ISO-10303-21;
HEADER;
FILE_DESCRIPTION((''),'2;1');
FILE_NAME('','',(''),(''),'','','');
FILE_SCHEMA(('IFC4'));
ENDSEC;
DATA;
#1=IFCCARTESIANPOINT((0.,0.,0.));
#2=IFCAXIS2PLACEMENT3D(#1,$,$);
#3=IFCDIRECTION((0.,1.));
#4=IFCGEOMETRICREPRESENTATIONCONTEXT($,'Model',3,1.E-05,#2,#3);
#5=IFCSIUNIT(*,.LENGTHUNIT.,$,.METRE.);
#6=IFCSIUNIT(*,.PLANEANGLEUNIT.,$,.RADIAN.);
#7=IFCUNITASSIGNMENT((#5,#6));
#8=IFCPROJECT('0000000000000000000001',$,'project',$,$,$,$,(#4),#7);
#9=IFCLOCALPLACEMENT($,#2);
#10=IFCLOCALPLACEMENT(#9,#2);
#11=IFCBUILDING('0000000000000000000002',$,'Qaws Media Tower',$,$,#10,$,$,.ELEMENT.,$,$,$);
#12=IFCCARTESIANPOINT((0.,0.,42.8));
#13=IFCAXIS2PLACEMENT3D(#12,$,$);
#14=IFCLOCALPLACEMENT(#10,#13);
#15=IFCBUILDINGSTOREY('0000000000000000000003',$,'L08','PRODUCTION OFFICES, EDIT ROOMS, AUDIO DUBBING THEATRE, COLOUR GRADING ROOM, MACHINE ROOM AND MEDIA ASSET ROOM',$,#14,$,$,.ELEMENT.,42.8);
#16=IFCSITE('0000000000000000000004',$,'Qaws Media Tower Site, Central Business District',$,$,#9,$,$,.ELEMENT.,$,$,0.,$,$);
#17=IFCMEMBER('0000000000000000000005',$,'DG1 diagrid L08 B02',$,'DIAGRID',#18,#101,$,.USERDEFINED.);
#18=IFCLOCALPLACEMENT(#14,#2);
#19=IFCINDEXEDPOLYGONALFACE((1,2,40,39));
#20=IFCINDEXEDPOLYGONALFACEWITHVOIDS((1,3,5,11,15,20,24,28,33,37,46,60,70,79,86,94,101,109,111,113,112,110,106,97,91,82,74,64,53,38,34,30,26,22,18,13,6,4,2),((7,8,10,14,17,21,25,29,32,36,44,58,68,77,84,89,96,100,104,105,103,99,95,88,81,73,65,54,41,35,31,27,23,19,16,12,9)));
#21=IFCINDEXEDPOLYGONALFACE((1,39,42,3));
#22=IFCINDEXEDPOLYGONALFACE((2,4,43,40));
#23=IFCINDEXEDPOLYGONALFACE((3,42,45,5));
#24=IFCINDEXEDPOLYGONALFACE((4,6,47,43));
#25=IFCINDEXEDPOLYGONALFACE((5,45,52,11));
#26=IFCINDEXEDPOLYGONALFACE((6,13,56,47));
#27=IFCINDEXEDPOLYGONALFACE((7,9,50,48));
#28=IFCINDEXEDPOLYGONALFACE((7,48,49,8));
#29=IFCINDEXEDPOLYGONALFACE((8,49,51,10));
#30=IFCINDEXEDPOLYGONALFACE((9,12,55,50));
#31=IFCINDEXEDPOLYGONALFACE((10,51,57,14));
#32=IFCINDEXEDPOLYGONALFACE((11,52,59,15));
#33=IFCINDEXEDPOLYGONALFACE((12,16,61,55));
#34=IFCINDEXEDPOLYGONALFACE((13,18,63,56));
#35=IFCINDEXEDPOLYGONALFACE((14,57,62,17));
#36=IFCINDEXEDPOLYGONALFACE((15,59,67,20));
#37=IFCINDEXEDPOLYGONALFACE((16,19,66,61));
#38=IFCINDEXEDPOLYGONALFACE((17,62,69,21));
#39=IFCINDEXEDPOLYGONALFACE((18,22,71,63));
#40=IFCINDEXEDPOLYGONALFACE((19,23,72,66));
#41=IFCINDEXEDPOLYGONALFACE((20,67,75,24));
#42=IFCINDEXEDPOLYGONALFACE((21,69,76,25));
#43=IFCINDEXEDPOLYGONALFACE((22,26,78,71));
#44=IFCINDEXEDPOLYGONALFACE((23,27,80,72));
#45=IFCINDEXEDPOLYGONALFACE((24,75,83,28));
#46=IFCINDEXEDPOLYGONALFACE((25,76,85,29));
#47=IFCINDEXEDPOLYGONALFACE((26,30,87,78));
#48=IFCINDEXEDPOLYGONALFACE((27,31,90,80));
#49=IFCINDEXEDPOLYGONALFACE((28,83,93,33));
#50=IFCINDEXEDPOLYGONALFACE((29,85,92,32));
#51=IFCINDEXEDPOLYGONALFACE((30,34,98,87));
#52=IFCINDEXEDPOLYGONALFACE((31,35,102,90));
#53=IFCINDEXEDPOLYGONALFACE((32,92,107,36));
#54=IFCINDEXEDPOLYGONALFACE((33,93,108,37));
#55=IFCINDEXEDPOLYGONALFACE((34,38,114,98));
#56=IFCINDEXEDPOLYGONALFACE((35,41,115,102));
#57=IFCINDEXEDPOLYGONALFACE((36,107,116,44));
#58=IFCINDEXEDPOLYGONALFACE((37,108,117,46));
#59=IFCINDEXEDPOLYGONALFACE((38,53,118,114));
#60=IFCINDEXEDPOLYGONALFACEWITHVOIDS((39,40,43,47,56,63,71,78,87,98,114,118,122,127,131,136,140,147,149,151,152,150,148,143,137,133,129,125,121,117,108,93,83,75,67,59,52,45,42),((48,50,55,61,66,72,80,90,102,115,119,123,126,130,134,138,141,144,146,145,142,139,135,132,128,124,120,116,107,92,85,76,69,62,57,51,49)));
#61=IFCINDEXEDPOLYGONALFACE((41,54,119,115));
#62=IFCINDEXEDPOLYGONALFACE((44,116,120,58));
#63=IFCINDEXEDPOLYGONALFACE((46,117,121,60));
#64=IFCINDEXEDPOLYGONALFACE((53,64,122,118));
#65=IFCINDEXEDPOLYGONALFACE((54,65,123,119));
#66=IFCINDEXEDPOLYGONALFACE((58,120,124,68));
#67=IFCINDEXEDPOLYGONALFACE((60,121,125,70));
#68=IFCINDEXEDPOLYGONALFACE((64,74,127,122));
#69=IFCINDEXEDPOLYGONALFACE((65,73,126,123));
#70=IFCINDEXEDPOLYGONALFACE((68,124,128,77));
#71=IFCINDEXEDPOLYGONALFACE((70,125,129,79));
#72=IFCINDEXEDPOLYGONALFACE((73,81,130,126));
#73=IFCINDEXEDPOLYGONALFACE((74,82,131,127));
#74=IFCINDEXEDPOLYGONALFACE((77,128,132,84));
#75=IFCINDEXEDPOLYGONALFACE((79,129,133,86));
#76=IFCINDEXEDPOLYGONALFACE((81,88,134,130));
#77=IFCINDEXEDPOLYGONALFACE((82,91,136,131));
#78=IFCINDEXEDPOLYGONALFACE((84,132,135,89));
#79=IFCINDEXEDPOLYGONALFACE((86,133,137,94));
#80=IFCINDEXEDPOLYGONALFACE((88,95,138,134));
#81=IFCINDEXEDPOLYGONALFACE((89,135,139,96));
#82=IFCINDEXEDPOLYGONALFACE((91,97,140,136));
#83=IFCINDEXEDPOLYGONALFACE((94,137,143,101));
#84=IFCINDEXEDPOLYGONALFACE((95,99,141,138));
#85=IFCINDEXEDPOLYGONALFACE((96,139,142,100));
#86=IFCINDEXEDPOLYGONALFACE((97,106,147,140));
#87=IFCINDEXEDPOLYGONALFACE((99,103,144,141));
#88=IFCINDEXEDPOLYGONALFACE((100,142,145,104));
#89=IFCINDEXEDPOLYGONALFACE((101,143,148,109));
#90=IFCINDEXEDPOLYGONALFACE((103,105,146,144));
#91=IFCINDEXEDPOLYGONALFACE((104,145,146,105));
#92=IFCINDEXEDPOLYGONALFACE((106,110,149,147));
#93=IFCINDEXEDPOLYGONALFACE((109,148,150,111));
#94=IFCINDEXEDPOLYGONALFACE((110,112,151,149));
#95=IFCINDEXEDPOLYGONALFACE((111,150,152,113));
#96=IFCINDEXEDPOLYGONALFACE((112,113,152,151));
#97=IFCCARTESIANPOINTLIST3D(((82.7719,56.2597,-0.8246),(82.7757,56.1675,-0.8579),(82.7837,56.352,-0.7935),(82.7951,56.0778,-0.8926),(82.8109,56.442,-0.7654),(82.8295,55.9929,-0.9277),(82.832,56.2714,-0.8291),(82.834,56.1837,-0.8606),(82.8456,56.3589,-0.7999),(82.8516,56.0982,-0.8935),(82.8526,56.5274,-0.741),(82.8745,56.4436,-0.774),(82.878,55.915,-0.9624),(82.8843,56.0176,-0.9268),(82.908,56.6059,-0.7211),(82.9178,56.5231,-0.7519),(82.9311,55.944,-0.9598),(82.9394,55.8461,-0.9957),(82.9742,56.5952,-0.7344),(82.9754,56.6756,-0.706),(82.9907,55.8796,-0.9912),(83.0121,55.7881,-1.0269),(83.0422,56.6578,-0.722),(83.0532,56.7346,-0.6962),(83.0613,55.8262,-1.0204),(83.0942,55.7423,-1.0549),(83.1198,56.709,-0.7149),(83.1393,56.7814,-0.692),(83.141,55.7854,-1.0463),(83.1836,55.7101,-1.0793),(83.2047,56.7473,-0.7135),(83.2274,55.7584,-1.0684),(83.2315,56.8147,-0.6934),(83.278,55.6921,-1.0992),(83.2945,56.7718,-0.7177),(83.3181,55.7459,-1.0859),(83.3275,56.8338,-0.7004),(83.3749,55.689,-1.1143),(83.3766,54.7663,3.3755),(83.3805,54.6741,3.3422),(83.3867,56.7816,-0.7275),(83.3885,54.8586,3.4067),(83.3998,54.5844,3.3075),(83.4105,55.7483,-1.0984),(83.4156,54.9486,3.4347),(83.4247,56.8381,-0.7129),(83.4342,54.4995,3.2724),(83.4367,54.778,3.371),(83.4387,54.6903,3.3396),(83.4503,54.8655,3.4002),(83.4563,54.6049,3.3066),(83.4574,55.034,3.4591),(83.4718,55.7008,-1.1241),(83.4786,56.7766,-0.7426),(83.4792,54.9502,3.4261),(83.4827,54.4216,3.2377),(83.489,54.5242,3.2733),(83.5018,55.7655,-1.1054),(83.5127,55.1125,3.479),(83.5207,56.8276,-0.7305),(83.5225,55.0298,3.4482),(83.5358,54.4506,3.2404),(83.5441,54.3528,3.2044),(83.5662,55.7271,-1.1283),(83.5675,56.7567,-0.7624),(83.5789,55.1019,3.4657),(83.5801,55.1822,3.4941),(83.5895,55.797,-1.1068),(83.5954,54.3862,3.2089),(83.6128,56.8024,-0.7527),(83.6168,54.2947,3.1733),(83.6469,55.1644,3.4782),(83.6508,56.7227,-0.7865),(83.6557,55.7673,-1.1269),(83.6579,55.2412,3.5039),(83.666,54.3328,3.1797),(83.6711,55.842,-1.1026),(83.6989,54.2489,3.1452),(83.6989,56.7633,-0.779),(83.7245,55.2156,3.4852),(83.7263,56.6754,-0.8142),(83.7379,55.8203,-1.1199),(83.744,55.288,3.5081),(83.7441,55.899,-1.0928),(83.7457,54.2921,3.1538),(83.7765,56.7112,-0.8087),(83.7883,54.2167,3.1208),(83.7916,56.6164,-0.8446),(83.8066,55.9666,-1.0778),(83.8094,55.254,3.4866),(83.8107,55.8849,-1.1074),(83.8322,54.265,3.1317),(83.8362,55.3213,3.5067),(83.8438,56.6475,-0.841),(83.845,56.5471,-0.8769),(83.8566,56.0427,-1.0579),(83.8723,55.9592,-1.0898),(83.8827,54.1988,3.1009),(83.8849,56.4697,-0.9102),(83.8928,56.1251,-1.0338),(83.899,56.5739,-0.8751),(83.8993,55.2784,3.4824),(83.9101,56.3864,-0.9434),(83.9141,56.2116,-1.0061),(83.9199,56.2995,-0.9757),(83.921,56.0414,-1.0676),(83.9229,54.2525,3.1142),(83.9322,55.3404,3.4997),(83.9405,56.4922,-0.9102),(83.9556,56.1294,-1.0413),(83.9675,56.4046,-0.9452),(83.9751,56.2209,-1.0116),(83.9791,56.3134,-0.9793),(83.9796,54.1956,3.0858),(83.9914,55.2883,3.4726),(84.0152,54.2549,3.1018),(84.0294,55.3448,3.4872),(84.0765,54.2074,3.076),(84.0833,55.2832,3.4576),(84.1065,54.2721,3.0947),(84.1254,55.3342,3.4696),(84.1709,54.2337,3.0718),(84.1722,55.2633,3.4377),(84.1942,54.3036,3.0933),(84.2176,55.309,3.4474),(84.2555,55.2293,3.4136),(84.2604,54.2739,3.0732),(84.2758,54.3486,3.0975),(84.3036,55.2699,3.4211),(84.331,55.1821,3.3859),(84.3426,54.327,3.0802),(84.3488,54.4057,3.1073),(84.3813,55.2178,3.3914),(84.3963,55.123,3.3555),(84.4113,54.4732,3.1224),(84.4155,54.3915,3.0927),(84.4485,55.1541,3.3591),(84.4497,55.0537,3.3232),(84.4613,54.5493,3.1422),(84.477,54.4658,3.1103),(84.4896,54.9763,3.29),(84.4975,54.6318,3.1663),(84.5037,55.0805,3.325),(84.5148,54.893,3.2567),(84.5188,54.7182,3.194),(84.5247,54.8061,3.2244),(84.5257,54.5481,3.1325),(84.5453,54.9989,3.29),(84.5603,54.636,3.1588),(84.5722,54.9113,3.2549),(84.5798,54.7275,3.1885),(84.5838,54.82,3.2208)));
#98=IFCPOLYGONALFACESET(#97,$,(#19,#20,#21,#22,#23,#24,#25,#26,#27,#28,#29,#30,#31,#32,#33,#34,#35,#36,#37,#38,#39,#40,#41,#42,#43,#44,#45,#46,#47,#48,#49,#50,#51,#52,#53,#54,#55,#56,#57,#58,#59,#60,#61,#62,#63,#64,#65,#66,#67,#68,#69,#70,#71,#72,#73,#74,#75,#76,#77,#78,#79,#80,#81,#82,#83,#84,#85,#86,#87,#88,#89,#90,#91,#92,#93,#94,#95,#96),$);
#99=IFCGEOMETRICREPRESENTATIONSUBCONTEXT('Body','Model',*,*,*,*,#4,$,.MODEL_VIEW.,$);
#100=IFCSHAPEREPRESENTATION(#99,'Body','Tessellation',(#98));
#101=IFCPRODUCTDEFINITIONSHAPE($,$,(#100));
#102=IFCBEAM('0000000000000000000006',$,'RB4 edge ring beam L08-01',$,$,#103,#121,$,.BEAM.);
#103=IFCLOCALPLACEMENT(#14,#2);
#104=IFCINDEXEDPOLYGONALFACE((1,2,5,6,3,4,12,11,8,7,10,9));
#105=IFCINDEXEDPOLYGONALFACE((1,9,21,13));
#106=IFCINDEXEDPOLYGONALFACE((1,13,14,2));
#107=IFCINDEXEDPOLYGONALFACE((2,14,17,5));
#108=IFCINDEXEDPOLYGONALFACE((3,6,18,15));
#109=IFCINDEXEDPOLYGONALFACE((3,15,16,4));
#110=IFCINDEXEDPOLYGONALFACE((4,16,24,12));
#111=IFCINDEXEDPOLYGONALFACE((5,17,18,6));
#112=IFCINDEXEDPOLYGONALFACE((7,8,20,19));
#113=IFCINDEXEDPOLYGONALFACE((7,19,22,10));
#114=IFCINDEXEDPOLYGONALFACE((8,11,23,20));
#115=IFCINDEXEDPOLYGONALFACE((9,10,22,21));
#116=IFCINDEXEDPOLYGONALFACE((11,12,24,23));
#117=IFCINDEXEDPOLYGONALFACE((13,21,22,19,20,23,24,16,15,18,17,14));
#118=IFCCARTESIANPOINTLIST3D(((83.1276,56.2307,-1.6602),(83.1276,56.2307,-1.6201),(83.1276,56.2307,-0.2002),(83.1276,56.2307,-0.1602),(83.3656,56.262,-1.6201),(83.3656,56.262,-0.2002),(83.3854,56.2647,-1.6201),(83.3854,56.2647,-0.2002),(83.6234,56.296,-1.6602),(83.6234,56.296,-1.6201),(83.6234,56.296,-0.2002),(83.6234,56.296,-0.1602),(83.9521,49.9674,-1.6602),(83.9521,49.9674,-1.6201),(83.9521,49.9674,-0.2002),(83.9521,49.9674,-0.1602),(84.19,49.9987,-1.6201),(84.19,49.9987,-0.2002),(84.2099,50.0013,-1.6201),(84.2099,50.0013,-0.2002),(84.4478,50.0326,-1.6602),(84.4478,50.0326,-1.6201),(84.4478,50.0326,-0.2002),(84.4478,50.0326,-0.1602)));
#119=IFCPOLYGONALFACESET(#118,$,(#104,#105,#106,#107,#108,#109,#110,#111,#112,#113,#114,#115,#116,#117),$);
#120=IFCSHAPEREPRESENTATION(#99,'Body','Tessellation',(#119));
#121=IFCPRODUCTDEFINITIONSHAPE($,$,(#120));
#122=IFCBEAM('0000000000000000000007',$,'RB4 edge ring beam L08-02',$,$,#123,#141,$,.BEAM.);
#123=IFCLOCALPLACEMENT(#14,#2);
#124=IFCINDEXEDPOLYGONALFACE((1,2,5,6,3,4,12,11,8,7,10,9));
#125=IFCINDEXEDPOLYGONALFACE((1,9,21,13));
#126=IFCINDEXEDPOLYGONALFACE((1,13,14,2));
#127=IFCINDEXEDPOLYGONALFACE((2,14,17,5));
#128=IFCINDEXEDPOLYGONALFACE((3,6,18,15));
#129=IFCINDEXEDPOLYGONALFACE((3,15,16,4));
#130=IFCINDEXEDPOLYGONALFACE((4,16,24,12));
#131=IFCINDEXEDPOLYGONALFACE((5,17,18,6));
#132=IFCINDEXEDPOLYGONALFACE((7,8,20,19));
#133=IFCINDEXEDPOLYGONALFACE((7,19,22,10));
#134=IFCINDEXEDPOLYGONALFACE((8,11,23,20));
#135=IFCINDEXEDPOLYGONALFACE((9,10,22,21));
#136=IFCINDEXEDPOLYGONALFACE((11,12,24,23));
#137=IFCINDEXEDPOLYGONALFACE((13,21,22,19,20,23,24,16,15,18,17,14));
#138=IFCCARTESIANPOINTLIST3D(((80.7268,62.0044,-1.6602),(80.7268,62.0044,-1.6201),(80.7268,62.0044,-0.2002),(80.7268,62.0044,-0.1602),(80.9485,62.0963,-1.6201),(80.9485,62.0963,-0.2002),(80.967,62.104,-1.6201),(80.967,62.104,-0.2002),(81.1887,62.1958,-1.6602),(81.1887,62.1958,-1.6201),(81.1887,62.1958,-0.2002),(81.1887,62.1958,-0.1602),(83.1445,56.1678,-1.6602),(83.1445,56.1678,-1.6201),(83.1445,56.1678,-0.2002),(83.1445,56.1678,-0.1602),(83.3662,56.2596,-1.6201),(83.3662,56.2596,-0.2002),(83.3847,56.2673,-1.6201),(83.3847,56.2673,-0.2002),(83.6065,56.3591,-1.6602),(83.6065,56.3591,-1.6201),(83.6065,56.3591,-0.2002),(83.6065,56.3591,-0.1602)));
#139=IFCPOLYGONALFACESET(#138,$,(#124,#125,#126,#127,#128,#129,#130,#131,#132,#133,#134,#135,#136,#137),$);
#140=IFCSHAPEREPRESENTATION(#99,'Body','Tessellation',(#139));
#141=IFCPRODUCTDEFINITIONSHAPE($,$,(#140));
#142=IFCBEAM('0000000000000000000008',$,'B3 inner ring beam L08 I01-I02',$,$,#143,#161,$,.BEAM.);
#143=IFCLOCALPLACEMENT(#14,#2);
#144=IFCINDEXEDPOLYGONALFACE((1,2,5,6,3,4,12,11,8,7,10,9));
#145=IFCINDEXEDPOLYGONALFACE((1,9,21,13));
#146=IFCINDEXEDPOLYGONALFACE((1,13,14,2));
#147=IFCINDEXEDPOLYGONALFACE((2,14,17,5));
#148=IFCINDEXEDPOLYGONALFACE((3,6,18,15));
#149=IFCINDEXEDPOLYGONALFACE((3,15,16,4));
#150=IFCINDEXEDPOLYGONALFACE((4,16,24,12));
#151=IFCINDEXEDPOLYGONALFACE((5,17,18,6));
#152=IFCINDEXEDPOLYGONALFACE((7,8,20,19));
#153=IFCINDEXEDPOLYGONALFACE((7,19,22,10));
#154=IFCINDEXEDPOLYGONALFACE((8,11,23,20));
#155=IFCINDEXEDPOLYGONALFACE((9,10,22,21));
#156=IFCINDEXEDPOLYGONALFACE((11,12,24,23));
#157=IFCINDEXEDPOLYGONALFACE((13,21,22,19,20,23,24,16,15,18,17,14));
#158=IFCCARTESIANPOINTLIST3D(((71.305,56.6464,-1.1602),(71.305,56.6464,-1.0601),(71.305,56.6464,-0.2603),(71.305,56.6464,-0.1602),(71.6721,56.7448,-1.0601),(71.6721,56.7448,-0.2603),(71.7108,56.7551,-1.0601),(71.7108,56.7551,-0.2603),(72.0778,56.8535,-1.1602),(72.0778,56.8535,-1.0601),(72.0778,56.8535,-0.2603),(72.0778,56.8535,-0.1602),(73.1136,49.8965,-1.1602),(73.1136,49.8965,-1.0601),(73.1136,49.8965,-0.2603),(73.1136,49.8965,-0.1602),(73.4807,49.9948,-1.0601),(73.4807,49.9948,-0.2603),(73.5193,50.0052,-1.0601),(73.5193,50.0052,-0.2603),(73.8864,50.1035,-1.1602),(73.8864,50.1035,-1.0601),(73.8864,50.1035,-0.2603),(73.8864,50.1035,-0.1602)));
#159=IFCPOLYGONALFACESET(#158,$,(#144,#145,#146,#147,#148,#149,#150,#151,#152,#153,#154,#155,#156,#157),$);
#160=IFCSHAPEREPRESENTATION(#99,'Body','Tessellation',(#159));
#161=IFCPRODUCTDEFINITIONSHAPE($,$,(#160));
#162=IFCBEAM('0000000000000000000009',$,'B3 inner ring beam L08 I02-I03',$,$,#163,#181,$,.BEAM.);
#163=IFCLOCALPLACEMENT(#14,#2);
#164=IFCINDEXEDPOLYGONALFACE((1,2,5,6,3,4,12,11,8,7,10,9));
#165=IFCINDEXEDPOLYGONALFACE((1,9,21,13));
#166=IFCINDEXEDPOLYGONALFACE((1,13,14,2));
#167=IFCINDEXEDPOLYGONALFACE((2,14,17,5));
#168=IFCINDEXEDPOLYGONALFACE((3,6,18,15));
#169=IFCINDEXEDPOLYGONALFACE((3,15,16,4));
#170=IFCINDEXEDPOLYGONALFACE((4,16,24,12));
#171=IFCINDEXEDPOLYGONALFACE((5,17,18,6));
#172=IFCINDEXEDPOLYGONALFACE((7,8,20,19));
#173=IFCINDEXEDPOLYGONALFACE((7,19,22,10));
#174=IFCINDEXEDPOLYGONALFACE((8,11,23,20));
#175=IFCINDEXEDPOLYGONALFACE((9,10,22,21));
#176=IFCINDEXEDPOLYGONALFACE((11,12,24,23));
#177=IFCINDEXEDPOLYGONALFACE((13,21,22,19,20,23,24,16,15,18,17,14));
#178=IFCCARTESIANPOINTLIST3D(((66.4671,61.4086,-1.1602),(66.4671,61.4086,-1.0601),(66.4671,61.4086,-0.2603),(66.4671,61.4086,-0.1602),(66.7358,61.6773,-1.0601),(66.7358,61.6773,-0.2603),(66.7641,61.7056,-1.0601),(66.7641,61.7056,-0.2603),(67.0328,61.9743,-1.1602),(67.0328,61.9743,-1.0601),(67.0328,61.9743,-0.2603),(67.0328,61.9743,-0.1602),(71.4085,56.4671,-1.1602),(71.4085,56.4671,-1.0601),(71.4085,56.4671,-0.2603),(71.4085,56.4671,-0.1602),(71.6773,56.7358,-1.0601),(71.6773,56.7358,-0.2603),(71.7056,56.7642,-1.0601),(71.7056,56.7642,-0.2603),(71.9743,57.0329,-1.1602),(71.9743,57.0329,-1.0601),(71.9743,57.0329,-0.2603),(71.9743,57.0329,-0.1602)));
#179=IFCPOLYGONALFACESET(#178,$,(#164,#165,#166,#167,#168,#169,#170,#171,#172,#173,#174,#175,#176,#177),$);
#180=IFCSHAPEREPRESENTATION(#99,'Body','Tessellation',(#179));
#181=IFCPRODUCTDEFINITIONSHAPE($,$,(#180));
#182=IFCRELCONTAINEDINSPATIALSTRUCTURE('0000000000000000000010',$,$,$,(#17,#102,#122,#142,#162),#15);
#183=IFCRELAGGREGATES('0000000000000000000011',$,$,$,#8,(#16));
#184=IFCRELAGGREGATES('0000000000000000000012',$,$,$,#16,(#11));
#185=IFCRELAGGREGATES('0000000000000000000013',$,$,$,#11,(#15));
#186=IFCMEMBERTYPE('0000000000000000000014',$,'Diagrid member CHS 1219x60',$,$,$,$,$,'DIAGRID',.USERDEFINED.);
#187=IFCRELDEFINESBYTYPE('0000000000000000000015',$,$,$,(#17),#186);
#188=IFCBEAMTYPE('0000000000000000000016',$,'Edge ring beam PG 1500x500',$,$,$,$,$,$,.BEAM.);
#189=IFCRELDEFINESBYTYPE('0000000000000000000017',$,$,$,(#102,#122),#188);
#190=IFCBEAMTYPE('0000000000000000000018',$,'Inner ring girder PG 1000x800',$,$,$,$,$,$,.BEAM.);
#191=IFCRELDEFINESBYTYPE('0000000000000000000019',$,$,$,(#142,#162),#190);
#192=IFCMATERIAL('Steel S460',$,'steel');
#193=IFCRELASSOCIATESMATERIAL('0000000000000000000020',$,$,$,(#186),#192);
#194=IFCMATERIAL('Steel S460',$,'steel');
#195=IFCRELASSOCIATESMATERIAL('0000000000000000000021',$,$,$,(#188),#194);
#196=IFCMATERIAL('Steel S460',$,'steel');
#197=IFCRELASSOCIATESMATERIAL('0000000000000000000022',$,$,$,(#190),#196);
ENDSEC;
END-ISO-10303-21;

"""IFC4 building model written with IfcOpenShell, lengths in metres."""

from ifc_helpers import new_model, si_unit, direction, frame, origin, origin_2d, place, context, subcontext, project, spatial, hollow_circle, i_section, extrude, material, material_profile, profile_set, type_object, element, save


model = new_model("IFC4")

# Units and contexts
model_context = context("Model", 3, precision=1e-05, world=origin(), true_north=direction((0.0, 1.0)))
body_context = subcontext(model_context, "Body", "Model", "MODEL_VIEW")
ifc_project = project(units=[si_unit("LENGTHUNIT", "METRE"), si_unit("PLANEANGLEUNIT", "RADIAN")], contexts=[model_context])

# Site, building, storey
site_placement = place(None, origin())
site = spatial("IfcSite", under=ifc_project, at=site_placement, Name="Qaws Media Tower Site, Central Business District", CompositionType="ELEMENT", RefElevation=0.0)
building_placement = place(site_placement, origin())
building = spatial("IfcBuilding", under=site, at=building_placement, Name="Qaws Media Tower", CompositionType="ELEMENT")
storey_placement = place(building_placement, frame((0.0, 0.0, 42.8)))
storey = spatial("IfcBuildingStorey", under=building, at=storey_placement, Name="L08", Description="PRODUCTION OFFICES, EDIT ROOMS, AUDIO DUBBING THEATRE, COLOUR GRADING ROOM, MACHINE ROOM AND MEDIA ASSET ROOM", CompositionType="ELEMENT", Elevation=42.8)

# Member
ifc_material_1 = material(Name="Steel S460", Category="steel")
ifc_material_profile_1 = material_profile(ifc_material_1, hollow_circle(Radius=0.6096, WallThickness=0.0601, at=origin_2d()), Name="CHS 1219x60")
ifc_profile_set_1 = profile_set([ifc_material_profile_1], Name="Steel S460")
member_type_1 = type_object("IfcMemberType", Name="Diagrid member CHS 1219x60", ElementType="DIAGRID", PredefinedType="USERDEFINED", material=ifc_profile_set_1)
for number, where, z_axis, x_axis, name in (
    (1, (83.3755, 56.2634, -0.9102), (0.134427, -0.33197, 0.933662), (0.92689, 0.375332, 0.0), "DG1 diagrid L08 B02"),
):
    element("IfcMember", number, at=place(storey_placement, frame(where, z_axis=z_axis, x_axis=x_axis)), inside=storey, type_object=member_type_1, Name=name, ObjectType="DIAGRID", PredefinedType="USERDEFINED", context=body_context, shape_type="SweptSolid", body=[
        extrude(hollow_circle(Radius=0.6096, WallThickness=0.0601, at=origin_2d()), origin(), (0.0, 0.0, 1.0), 4.4985),
    ])

# Beams
ifc_material_2 = material(Name="Steel S460", Category="steel")
ifc_material_profile_2 = material_profile(ifc_material_2, i_section(OverallWidth=0.5, OverallDepth=1.5, WebThickness=0.02, FlangeThickness=0.04, at=origin_2d()), Name="PG 1500x500")
ifc_profile_set_2 = profile_set([ifc_material_profile_2], Name="Steel S460")
beam_type_1 = type_object("IfcBeamType", Name="Edge ring beam PG 1500x500", PredefinedType="BEAM", material=ifc_profile_set_2)
beam_1_placement = place(storey_placement, frame((84.2, 50.0, -0.9102), z_axis=(-0.130505, 0.991448, 0.0), x_axis=(-0.991448, -0.130505, 0.0)))
element("IfcBeam", 2, at=beam_1_placement, inside=storey, type_object=beam_type_1, Name="RB4 edge ring beam L08-01", PredefinedType="BEAM", context=body_context, shape_type="SweptSolid", body=[
    extrude(i_section(OverallWidth=0.5, OverallDepth=1.5, WebThickness=0.02, FlangeThickness=0.04, at=origin_2d()), origin(), (0.0, 0.0, 1.0), 6.3174),
])
beam_2_placement = place(storey_placement, frame((83.3755, 56.2634, -0.9102), z_axis=(-0.382697, 0.923874, 0.0), x_axis=(-0.923874, -0.382697, 0.0)))
element("IfcBeam", 3, at=beam_2_placement, inside=storey, type_object=beam_type_1, Name="RB4 edge ring beam L08-02", PredefinedType="BEAM", context=body_context, shape_type="SweptSolid", body=[
    extrude(i_section(OverallWidth=0.5, OverallDepth=1.5, WebThickness=0.02, FlangeThickness=0.04, at=origin_2d()), origin(), (0.0, 0.0, 1.0), 6.3176),
])
ifc_material_3 = material(Name="Steel S460", Category="steel")
ifc_material_profile_3 = material_profile(ifc_material_3, i_section(OverallWidth=0.8, OverallDepth=1.0, WebThickness=0.04, FlangeThickness=0.1001, at=origin_2d()), Name="PG 1000x800")
ifc_profile_set_3 = profile_set([ifc_material_profile_3], Name="Steel S460")
beam_type_2 = type_object("IfcBeamType", Name="Inner ring girder PG 1000x800", PredefinedType="BEAM", material=ifc_profile_set_3)
beam_3_placement = place(storey_placement, frame((73.5, 50.0, -0.6602), z_axis=(-0.258811, 0.965928, 0.0), x_axis=(-0.965928, -0.258811, 0.0)))
element("IfcBeam", 4, at=beam_3_placement, inside=storey, type_object=beam_type_2, Name="B3 inner ring beam L08 I01-I02", PredefinedType="BEAM", context=body_context, shape_type="SweptSolid", body=[
    extrude(i_section(OverallWidth=0.8, OverallDepth=1.0, WebThickness=0.04, FlangeThickness=0.1001, at=origin_2d()), origin(), (0.0, 0.0, 1.0), 6.988),
])
beam_4_placement = place(storey_placement, frame((71.6914, 56.75, -0.6602), z_axis=(-0.707107, 0.707107, 0.0), x_axis=(-0.707107, -0.707107, 0.0)))
element("IfcBeam", 5, at=beam_4_placement, inside=storey, type_object=beam_type_2, Name="B3 inner ring beam L08 I02-I03", PredefinedType="BEAM", context=body_context, shape_type="SweptSolid", body=[
    extrude(i_section(OverallWidth=0.8, OverallDepth=1.0, WebThickness=0.04, FlangeThickness=0.1001, at=origin_2d()), origin(), (0.0, 0.0, 1.0), 6.9883),
])

save(model, "model.ifc")
